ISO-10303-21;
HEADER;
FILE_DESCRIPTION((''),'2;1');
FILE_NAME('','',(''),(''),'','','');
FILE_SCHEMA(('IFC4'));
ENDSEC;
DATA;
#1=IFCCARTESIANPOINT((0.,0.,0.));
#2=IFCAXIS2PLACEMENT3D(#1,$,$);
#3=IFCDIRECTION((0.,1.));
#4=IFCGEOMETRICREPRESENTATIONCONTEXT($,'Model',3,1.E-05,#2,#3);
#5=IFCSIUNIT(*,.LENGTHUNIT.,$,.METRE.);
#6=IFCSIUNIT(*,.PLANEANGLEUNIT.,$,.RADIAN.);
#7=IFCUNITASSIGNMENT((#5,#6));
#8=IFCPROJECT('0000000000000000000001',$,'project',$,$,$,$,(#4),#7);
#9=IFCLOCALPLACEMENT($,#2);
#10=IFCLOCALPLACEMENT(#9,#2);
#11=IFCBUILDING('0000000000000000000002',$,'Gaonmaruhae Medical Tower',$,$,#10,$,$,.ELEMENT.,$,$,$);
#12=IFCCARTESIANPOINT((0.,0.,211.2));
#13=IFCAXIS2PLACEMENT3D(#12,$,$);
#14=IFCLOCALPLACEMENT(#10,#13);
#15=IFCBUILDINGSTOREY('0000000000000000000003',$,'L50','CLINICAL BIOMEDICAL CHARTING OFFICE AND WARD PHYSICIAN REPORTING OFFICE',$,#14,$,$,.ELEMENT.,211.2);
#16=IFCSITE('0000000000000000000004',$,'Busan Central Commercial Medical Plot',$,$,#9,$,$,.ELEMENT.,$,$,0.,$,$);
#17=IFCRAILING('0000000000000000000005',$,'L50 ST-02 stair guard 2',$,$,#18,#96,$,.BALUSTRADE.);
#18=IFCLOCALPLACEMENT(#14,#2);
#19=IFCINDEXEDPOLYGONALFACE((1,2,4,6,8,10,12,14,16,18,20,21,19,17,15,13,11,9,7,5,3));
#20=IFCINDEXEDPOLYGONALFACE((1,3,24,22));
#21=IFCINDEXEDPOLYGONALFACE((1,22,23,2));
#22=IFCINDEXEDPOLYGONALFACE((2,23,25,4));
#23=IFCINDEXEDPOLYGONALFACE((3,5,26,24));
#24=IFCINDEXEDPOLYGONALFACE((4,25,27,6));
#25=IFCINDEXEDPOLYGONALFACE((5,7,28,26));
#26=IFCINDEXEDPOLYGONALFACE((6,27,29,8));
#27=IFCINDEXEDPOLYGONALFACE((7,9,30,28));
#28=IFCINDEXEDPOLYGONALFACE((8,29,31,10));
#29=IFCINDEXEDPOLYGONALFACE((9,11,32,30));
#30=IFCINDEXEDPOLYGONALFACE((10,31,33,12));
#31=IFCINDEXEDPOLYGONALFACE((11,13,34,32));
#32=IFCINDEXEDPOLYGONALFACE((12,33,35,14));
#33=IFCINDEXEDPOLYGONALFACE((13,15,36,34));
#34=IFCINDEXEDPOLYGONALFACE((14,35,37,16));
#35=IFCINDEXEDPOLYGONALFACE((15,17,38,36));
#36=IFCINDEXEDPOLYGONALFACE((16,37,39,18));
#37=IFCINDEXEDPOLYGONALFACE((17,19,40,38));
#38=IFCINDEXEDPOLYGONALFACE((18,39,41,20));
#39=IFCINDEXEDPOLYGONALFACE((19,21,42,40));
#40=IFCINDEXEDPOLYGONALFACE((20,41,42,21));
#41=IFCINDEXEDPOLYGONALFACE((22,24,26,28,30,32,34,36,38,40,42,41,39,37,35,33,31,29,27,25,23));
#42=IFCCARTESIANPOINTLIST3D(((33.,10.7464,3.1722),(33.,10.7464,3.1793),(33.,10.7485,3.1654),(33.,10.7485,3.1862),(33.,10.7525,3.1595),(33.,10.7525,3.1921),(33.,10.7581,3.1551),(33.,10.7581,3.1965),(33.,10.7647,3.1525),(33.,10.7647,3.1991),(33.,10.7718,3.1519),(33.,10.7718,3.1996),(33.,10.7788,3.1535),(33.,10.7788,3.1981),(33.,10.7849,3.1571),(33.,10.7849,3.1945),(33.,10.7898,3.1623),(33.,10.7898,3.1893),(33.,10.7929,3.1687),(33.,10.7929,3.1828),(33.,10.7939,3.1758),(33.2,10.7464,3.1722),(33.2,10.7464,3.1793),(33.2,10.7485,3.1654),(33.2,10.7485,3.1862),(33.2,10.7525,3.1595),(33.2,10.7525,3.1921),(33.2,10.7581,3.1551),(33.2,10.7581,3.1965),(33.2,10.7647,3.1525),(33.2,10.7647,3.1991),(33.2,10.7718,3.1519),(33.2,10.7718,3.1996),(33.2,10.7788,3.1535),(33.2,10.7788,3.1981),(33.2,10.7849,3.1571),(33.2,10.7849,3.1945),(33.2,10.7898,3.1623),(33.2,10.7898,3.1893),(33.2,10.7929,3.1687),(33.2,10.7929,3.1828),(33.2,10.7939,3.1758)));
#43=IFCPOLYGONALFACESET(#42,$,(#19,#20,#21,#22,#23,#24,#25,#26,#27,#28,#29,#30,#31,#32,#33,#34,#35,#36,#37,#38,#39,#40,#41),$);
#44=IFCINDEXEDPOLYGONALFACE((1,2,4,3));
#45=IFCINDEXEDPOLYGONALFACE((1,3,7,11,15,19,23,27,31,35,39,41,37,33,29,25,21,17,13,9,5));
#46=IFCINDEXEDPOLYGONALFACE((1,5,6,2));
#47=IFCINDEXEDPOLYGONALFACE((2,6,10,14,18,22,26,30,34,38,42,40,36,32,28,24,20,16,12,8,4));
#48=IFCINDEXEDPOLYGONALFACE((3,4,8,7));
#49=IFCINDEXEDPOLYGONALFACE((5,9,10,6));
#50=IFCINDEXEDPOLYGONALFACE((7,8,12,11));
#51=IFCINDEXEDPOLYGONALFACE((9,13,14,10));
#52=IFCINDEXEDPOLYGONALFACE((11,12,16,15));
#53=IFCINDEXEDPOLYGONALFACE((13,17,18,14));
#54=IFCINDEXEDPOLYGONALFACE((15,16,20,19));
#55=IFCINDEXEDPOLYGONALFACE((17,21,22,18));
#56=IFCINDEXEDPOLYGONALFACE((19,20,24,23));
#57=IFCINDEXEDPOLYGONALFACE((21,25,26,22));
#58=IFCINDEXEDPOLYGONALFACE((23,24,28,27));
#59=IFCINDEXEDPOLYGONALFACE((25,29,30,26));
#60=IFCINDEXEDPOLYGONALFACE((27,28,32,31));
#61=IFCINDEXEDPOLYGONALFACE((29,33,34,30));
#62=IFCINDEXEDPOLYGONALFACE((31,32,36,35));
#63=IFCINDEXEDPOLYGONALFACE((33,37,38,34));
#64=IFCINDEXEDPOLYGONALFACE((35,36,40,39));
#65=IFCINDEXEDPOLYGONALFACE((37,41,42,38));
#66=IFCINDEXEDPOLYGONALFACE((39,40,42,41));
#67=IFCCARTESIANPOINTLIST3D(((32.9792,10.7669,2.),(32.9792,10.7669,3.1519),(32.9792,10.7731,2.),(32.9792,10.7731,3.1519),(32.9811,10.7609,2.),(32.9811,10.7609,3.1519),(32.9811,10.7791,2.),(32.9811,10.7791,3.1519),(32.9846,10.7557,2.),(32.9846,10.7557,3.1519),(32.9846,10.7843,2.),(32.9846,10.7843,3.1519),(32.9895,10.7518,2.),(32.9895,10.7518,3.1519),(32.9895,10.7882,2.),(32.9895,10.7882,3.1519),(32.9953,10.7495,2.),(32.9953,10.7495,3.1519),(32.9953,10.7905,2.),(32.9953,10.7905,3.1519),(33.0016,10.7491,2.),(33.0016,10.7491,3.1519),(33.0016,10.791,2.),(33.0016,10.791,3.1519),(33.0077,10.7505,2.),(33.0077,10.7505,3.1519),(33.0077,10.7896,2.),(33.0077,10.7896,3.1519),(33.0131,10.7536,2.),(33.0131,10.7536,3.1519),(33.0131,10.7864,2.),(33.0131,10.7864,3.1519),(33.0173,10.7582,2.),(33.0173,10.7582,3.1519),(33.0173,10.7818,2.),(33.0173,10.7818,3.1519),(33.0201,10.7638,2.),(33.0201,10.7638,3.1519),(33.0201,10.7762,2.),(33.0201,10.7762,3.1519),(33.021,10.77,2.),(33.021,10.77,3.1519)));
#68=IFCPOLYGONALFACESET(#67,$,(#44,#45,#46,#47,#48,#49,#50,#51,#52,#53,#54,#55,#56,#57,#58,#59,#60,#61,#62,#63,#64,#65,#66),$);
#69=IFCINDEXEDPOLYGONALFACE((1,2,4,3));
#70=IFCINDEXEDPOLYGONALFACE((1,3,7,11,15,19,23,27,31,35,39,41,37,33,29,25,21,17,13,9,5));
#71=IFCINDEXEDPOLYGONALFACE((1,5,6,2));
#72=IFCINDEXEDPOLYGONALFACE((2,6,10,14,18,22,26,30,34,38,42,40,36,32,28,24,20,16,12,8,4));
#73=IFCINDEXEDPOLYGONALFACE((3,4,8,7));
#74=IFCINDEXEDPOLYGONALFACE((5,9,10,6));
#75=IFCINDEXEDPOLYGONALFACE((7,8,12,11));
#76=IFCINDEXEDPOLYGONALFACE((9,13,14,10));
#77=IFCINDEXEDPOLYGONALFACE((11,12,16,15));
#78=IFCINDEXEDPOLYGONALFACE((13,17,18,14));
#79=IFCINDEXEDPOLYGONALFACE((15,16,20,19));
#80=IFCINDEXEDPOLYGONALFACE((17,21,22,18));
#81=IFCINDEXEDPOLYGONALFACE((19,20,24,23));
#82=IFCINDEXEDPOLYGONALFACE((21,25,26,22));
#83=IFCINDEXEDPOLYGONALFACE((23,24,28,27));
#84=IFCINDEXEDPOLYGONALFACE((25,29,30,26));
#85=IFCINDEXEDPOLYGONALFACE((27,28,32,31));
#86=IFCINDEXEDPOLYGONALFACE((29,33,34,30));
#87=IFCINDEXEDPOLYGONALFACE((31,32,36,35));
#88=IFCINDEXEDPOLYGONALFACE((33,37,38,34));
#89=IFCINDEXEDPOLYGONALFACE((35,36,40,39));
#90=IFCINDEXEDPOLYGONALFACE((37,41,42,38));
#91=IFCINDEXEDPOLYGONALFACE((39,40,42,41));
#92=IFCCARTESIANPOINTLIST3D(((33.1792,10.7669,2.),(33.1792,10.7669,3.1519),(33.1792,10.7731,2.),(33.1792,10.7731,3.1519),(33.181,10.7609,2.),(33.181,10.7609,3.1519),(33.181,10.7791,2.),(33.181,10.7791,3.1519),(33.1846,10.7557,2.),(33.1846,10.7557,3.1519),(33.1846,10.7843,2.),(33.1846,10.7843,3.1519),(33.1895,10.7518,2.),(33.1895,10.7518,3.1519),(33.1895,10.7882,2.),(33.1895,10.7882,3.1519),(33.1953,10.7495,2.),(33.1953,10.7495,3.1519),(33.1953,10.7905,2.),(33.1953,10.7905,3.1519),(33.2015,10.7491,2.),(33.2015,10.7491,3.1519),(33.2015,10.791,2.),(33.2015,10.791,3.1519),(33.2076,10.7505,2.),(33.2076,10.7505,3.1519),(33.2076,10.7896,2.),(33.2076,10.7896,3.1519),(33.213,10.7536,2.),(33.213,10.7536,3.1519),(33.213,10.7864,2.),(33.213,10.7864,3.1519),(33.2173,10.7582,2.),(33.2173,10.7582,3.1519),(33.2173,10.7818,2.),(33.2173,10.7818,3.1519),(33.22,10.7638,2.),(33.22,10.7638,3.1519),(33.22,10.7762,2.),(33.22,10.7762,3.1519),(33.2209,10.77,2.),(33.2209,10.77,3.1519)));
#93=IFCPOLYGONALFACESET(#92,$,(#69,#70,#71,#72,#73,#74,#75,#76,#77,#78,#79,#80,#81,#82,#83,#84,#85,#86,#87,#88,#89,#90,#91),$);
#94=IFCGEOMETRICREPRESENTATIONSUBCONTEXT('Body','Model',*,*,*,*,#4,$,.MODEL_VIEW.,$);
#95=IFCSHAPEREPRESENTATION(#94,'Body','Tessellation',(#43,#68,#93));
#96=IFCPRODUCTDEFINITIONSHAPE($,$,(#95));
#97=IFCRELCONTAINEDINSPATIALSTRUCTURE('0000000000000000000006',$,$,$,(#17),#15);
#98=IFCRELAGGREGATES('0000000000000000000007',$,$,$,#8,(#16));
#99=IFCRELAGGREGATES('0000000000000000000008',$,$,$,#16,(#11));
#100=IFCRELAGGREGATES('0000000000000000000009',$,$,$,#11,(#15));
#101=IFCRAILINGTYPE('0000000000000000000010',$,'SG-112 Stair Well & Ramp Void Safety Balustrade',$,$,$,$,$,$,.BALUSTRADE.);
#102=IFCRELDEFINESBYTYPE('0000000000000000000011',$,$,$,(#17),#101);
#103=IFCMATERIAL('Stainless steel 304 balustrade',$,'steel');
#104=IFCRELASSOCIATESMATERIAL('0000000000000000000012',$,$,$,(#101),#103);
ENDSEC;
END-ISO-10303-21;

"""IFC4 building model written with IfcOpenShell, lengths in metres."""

from ifc_helpers import new_model, si_unit, direction, frame, origin, origin_2d, place, context, subcontext, project, spatial, circle, extrude, material, type_object, element, save


model = new_model("IFC4")

# Units and contexts
model_context = context("Model", 3, precision=1e-05, world=origin(), true_north=direction((0.0, 1.0)))
body_context = subcontext(model_context, "Body", "Model", "MODEL_VIEW")
ifc_project = project(units=[si_unit("LENGTHUNIT", "METRE"), si_unit("PLANEANGLEUNIT", "RADIAN")], contexts=[model_context])

# Site, building, storey
site_placement = place(None, origin())
site = spatial("IfcSite", under=ifc_project, at=site_placement, Name="Busan Central Commercial Medical Plot", CompositionType="ELEMENT", RefElevation=0.0)
building_placement = place(site_placement, origin())
building = spatial("IfcBuilding", under=site, at=building_placement, Name="Gaonmaruhae Medical Tower", CompositionType="ELEMENT")
storey_placement = place(building_placement, frame((0.0, 0.0, 211.2)))
storey = spatial("IfcBuildingStorey", under=building, at=storey_placement, Name="L50", Description="CLINICAL BIOMEDICAL CHARTING OFFICE AND WARD PHYSICIAN REPORTING OFFICE", CompositionType="ELEMENT", Elevation=211.2)

# Railing
ifc_material_1 = material(Name="Stainless steel 304 balustrade", Category="steel")
railing_type_1 = type_object("IfcRailingType", Name="SG-112 Stair Well & Ramp Void Safety Balustrade", PredefinedType="BALUSTRADE", material=ifc_material_1)
railing_1_placement = place(storey_placement, frame((33.0, 10.77, 2.0)))
element("IfcRailing", 1, at=railing_1_placement, inside=storey, type_object=railing_type_1, Name="L50 ST-02 stair guard 2", PredefinedType="BALUSTRADE", context=body_context, shape_type="SweptSolid", body=[
    extrude(circle(Radius=0.0239, at=origin_2d()), frame((0.0, 0.0, 1.1758), z_axis=(1.0, 0.0, 0.0), x_axis=(0.0, 1.0, 0.0)), (0.0, 0.0, 1.0), 0.2),
    extrude(circle(Radius=0.021, at=origin_2d()), origin(), (0.0, 0.0, 1.0), 1.1519),
    extrude(circle(Radius=0.021, at=origin_2d()), frame((0.2, 0.0, 0.0)), (0.0, 0.0, 1.0), 1.1519),
])

save(model, "model.ifc")
